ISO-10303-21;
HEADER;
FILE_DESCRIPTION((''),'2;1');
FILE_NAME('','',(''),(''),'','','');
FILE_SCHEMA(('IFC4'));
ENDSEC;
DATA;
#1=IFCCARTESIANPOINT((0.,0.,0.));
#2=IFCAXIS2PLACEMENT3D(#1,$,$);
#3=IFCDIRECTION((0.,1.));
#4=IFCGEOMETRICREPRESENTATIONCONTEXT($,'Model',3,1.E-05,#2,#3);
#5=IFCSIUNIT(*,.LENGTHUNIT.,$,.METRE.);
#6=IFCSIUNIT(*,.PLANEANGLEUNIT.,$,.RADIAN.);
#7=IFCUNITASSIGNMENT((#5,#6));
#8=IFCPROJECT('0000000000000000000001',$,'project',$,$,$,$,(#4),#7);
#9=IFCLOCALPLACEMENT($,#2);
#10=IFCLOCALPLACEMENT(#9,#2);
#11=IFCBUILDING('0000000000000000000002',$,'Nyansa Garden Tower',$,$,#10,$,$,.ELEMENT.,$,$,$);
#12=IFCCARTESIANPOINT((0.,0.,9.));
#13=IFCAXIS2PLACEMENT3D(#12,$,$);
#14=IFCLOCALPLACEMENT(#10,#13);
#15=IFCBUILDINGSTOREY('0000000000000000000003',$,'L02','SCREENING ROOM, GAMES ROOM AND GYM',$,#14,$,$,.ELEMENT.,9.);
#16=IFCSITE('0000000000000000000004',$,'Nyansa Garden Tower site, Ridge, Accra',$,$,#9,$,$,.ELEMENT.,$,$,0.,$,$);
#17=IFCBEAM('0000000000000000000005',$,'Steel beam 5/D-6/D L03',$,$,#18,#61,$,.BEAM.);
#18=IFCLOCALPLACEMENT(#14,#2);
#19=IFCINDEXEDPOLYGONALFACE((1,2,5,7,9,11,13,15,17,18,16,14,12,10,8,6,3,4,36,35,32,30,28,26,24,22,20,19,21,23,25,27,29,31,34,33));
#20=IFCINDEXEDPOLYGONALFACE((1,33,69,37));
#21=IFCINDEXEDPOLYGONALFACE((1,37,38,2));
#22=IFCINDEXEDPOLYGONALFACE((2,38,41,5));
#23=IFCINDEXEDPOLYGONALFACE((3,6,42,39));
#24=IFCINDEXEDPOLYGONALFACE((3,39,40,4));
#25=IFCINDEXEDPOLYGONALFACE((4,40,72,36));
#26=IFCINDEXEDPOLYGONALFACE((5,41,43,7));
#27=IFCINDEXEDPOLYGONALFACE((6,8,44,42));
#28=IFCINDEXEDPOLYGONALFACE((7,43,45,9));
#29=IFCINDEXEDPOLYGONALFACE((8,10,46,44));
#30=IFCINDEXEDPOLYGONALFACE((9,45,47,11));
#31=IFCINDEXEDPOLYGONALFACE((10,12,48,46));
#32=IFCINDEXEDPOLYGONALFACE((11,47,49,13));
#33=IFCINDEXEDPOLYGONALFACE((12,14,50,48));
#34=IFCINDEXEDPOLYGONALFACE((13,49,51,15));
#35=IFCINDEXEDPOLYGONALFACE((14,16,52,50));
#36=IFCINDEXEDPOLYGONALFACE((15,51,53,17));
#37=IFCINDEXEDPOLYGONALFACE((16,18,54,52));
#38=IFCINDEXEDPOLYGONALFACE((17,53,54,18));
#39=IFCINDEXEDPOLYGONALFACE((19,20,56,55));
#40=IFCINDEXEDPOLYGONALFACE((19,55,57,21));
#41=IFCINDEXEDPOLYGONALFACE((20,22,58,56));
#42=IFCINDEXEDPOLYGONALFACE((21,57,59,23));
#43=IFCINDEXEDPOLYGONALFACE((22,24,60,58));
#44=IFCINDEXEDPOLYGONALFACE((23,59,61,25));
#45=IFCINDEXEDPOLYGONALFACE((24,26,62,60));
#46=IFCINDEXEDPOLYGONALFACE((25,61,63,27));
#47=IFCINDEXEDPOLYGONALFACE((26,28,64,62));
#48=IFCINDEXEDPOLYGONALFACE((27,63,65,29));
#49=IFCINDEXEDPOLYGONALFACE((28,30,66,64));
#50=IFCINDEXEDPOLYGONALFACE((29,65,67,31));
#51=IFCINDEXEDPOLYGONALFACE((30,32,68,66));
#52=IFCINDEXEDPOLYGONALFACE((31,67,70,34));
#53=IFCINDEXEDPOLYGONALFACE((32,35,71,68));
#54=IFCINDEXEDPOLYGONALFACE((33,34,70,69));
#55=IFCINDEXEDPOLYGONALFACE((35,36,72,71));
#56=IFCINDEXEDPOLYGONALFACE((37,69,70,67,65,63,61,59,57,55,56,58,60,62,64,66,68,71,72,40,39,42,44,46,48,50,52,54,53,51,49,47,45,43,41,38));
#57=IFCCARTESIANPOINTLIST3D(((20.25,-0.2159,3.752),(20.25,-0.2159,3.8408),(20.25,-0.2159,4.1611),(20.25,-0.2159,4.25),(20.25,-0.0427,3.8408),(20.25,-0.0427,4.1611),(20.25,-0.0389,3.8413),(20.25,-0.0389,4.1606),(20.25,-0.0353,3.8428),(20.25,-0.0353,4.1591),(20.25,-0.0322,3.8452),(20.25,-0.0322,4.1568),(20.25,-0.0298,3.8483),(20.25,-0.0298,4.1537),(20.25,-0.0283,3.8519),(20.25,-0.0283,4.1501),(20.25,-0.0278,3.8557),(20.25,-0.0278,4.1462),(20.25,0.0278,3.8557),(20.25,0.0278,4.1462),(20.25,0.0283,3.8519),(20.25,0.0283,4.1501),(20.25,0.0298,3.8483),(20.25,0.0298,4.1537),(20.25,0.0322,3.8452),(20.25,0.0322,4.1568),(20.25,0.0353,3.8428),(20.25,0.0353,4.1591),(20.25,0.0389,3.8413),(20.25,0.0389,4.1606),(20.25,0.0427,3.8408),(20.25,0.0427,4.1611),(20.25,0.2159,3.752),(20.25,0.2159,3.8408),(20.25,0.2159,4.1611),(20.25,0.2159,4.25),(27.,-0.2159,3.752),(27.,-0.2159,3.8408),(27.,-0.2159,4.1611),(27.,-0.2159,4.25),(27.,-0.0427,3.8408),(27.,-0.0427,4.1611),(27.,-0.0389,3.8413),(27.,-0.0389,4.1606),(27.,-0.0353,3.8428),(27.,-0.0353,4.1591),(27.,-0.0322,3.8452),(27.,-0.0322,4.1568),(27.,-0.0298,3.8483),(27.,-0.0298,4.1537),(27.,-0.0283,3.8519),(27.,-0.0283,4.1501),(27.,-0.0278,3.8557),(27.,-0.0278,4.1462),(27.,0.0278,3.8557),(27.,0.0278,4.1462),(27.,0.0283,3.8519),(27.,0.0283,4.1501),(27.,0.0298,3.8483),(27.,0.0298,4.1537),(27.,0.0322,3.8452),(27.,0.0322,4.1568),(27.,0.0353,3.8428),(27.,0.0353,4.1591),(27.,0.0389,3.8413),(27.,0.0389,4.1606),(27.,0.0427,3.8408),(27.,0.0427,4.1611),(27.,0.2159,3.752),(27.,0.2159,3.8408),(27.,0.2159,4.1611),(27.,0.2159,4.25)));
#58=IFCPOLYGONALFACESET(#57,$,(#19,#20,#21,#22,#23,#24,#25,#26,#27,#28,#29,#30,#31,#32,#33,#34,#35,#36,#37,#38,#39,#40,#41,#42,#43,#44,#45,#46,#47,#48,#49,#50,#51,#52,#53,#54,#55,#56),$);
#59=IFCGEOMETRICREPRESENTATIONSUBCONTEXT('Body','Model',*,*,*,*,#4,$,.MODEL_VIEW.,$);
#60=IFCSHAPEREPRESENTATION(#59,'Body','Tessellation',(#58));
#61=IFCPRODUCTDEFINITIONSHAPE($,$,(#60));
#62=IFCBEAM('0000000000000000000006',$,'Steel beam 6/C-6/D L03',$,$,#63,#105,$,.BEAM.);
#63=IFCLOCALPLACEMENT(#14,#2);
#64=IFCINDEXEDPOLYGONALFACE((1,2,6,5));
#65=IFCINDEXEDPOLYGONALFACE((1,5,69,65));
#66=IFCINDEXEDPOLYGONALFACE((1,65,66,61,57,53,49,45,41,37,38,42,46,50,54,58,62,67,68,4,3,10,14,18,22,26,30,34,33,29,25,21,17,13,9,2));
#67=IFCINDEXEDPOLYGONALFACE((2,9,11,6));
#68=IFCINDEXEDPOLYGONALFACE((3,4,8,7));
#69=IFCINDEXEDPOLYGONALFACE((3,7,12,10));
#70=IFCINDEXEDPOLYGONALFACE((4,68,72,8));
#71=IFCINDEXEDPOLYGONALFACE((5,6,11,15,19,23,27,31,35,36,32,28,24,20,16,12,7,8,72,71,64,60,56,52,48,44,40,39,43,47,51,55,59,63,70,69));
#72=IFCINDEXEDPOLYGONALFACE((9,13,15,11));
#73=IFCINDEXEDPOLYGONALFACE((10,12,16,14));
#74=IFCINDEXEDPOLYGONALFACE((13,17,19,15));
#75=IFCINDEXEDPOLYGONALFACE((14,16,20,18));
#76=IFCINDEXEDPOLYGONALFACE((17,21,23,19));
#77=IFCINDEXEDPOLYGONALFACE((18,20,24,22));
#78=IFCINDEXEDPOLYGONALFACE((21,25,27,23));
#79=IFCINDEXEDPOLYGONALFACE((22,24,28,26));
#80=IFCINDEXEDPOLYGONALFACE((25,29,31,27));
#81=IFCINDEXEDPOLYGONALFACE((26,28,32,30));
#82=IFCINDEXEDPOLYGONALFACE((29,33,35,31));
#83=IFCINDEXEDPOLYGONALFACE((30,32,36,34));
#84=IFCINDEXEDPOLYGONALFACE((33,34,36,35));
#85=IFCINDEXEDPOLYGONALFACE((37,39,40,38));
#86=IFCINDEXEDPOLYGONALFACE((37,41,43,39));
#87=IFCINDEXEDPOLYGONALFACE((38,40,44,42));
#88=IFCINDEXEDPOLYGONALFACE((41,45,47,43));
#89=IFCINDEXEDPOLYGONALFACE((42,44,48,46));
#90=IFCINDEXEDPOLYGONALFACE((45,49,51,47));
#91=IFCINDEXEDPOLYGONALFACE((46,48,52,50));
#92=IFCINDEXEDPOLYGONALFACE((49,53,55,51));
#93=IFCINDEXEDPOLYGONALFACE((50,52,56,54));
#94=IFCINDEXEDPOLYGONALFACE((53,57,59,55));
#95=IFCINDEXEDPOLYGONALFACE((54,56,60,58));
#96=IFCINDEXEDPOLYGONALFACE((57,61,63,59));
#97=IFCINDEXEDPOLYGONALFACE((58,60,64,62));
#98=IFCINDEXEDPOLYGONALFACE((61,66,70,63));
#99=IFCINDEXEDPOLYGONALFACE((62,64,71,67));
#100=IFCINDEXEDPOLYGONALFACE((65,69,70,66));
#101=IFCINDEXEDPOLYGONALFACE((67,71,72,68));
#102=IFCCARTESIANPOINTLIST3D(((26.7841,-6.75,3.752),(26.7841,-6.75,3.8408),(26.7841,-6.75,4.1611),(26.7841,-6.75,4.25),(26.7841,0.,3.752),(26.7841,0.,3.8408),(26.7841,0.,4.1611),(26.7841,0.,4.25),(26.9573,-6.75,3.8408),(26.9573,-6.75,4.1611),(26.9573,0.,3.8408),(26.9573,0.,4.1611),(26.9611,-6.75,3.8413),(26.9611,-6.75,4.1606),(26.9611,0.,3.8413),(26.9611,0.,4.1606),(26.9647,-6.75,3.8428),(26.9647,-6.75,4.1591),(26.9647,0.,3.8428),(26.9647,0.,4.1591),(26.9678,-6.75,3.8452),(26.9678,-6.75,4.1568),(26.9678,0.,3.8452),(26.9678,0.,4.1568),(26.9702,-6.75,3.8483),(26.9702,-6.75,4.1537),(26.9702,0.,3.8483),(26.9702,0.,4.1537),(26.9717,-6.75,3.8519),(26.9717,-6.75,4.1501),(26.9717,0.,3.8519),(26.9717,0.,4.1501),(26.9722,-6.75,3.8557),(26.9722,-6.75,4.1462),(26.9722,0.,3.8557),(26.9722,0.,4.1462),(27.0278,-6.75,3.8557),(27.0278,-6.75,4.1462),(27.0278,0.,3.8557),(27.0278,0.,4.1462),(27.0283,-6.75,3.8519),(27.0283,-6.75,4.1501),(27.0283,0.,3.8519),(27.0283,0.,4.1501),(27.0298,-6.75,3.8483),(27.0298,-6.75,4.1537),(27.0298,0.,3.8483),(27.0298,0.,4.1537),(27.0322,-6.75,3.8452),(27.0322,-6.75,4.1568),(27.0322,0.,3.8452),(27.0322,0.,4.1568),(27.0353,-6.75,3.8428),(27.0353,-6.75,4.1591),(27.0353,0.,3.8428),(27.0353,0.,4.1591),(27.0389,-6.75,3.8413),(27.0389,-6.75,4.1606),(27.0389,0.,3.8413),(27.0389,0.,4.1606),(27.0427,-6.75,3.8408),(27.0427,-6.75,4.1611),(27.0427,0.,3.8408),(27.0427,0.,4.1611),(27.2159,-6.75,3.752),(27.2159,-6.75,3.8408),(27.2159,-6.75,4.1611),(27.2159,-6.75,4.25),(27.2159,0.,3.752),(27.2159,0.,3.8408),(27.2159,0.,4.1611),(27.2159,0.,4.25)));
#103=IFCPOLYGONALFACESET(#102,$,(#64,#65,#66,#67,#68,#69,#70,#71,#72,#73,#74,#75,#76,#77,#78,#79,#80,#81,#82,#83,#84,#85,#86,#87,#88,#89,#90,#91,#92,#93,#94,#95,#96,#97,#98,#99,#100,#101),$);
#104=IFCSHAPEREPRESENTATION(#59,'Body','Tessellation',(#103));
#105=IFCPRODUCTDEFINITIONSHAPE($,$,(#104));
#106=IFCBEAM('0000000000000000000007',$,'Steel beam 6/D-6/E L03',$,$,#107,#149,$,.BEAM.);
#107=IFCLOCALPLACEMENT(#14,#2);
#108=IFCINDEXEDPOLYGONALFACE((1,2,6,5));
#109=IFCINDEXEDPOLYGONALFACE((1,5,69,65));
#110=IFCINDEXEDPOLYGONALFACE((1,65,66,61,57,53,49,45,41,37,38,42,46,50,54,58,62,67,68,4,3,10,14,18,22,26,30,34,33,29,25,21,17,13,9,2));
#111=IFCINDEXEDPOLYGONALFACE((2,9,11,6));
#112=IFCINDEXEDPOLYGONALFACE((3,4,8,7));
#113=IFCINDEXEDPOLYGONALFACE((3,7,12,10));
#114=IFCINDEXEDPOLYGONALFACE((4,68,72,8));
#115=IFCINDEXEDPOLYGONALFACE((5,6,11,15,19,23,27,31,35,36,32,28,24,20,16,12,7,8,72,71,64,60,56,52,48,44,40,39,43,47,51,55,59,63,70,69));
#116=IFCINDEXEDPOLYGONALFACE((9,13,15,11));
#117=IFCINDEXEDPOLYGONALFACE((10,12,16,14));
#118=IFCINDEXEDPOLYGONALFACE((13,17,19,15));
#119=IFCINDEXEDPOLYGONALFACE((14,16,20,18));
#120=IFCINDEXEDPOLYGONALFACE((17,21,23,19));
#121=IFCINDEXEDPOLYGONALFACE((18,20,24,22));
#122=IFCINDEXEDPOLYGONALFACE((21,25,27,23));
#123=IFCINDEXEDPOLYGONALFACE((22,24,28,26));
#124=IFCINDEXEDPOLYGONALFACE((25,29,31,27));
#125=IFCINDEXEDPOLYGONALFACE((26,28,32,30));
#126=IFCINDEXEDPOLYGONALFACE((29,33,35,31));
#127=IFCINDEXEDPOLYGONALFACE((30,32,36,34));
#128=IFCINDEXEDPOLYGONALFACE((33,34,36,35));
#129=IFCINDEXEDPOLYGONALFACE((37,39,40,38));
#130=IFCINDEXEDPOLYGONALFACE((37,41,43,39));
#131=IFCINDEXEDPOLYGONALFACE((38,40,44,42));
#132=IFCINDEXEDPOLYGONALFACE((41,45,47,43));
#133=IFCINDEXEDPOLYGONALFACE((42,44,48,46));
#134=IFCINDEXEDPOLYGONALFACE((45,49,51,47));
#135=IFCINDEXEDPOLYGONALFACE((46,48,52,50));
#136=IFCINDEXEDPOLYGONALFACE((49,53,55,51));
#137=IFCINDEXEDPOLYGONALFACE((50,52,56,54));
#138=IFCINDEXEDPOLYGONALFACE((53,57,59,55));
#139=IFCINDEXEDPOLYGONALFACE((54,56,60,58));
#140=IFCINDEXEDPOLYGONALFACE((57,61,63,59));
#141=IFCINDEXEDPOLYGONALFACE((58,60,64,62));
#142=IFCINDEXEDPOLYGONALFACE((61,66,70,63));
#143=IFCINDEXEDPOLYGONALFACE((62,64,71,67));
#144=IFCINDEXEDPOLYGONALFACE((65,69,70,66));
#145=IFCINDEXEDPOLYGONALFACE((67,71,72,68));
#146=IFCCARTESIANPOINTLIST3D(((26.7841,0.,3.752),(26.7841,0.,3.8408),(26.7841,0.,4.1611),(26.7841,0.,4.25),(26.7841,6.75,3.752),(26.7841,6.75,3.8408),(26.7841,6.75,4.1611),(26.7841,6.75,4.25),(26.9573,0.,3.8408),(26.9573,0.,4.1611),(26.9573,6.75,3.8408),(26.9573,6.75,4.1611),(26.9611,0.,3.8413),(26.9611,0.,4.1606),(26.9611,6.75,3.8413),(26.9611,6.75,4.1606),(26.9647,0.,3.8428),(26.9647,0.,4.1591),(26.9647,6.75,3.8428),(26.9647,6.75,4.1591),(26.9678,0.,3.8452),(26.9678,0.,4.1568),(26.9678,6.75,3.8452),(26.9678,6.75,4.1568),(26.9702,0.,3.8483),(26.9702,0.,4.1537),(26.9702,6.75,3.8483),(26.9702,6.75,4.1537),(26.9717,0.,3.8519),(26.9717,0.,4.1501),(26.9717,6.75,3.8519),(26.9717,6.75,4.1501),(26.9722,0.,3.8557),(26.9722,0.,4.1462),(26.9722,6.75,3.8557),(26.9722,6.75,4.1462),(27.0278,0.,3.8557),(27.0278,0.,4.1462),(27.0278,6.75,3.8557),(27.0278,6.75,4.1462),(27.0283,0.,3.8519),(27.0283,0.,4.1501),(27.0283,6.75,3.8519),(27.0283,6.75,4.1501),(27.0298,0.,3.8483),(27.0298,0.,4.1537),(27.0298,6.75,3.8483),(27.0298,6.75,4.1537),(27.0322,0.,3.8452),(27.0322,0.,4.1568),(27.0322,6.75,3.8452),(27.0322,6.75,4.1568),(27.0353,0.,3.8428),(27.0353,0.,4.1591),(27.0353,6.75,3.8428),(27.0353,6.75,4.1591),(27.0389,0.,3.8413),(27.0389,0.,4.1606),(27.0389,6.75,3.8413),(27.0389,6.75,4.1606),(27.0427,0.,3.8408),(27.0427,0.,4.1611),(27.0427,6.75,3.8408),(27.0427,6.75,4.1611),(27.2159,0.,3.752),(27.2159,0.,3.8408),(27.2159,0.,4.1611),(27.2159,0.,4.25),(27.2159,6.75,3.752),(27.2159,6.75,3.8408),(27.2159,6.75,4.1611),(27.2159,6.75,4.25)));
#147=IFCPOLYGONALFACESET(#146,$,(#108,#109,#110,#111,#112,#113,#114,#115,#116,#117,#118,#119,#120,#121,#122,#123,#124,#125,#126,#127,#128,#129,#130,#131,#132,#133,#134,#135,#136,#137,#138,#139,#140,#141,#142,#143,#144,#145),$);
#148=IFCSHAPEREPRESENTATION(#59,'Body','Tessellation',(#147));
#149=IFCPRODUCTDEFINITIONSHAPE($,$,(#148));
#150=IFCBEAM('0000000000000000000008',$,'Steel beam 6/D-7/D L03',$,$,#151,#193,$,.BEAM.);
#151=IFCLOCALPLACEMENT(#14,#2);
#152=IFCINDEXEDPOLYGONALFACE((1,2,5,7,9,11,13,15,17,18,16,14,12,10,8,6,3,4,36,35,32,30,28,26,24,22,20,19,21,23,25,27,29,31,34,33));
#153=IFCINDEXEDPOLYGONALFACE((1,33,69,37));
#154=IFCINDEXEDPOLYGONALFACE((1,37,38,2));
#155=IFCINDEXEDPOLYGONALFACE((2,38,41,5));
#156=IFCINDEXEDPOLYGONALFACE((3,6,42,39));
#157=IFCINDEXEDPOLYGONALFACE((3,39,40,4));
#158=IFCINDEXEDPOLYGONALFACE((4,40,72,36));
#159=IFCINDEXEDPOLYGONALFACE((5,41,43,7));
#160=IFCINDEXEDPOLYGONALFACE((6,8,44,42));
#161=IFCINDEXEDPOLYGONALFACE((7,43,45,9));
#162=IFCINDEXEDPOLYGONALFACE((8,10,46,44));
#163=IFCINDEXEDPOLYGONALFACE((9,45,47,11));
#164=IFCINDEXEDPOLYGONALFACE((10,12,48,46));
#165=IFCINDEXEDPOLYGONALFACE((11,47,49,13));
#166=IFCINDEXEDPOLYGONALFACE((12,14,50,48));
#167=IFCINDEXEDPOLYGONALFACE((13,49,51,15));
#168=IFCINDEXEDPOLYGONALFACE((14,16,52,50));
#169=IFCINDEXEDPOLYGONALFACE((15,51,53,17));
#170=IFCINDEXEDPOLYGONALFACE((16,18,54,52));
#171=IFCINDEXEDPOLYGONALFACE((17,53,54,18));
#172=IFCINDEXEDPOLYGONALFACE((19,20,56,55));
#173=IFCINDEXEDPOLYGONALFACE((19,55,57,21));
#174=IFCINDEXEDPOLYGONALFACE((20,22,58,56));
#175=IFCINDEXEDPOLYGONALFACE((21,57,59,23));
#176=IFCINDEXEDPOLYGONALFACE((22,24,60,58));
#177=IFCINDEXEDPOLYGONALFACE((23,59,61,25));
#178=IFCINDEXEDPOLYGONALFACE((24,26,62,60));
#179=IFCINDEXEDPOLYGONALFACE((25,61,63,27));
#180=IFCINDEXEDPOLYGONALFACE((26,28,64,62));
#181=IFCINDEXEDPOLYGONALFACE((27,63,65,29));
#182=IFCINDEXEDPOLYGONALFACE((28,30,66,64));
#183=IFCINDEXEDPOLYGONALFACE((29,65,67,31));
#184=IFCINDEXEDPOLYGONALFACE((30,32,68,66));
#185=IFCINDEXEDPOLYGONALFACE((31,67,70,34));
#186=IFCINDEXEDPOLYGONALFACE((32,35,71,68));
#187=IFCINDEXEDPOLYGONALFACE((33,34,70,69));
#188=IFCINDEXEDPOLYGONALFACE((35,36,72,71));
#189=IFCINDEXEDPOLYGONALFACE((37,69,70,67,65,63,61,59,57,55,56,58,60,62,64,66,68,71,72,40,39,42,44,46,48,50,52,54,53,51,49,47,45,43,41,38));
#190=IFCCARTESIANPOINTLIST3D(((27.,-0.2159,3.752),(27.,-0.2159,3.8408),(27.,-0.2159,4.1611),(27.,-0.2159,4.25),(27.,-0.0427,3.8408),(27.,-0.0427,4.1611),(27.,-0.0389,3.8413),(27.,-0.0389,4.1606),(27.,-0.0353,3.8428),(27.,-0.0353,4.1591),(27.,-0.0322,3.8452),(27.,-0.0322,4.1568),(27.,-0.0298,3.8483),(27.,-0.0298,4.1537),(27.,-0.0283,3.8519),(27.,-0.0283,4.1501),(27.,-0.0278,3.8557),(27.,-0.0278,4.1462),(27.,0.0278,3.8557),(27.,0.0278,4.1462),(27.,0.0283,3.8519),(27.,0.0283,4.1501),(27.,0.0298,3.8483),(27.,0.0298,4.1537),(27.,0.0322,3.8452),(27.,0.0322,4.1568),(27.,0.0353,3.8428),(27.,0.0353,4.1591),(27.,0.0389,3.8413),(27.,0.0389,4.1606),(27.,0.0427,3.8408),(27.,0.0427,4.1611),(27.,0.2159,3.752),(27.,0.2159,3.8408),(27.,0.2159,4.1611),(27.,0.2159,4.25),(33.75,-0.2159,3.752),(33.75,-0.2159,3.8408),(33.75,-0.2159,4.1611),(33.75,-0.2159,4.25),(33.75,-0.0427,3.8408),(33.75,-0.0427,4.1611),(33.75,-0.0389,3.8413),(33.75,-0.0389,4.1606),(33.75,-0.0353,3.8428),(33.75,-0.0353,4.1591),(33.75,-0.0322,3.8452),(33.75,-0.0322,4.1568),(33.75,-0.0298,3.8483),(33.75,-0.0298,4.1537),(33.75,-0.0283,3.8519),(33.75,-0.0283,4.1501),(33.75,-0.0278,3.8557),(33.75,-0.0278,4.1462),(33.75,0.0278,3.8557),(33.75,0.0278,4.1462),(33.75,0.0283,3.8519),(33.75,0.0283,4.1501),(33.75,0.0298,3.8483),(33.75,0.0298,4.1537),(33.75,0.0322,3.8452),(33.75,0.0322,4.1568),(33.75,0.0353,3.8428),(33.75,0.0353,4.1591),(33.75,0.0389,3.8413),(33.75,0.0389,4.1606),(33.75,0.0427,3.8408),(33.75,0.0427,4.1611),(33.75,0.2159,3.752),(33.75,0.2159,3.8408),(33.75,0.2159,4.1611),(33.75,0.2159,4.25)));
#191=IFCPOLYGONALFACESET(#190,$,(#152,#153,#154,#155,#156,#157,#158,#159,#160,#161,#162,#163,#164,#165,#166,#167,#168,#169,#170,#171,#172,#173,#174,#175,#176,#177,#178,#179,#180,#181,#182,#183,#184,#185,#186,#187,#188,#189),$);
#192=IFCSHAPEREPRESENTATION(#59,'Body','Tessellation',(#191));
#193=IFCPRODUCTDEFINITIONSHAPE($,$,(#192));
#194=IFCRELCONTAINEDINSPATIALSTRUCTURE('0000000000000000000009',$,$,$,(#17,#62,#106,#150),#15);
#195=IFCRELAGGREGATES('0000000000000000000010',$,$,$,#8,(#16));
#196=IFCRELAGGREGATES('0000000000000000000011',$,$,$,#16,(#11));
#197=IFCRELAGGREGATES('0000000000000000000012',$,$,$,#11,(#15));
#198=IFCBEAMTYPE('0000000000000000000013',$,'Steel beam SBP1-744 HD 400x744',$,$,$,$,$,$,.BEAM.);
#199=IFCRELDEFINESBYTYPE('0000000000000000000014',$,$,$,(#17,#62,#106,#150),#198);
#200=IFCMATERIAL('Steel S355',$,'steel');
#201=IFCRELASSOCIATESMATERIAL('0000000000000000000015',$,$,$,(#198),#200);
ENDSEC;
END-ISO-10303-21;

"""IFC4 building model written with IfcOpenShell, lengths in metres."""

from ifc_helpers import new_model, si_unit, direction, frame, origin, origin_2d, place, context, subcontext, project, spatial, i_section, extrude, material, material_profile, profile_set, type_object, element, save


model = new_model("IFC4")

# Units and contexts
model_context = context("Model", 3, precision=1e-05, world=origin(), true_north=direction((0.0, 1.0)))
body_context = subcontext(model_context, "Body", "Model", "MODEL_VIEW")
ifc_project = project(units=[si_unit("LENGTHUNIT", "METRE"), si_unit("PLANEANGLEUNIT", "RADIAN")], contexts=[model_context])

# Site, building, storey
site_placement = place(None, origin())
site = spatial("IfcSite", under=ifc_project, at=site_placement, Name="Nyansa Garden Tower site, Ridge, Accra", CompositionType="ELEMENT", RefElevation=0.0)
building_placement = place(site_placement, origin())
building = spatial("IfcBuilding", under=site, at=building_placement, Name="Nyansa Garden Tower", CompositionType="ELEMENT")
storey_placement = place(building_placement, frame((0.0, 0.0, 9.0)))
storey = spatial("IfcBuildingStorey", under=building, at=storey_placement, Name="L02", Description="SCREENING ROOM, GAMES ROOM AND GYM", CompositionType="ELEMENT", Elevation=9.0)

# Beams
ifc_material_1 = material(Name="Steel S355", Category="steel")
ifc_material_profile_1 = material_profile(ifc_material_1, i_section(OverallWidth=0.4319, OverallDepth=0.498, WebThickness=0.0557, FlangeThickness=0.0889, FilletRadius=0.0149, at=origin_2d()), Name="HD 400x744")
ifc_profile_set_1 = profile_set([ifc_material_profile_1], Name="Steel S355")
beam_type_1 = type_object("IfcBeamType", Name="Steel beam SBP1-744 HD 400x744", PredefinedType="BEAM", material=ifc_profile_set_1)
for number, where, z_axis, x_axis, name in (
    (1, (20.25, 0.0, 4.001), (1.0, 0.0, 0.0), (0.0, 1.0, 0.0), "Steel beam 5/D-6/D L03"),
    (2, (27.0, -6.75, 4.001), (0.0, 1.0, 0.0), (-1.0, 0.0, 0.0), "Steel beam 6/C-6/D L03"),
    (3, (27.0, 0.0, 4.001), (0.0, 1.0, 0.0), (-1.0, 0.0, 0.0), "Steel beam 6/D-6/E L03"),
    (4, (27.0, 0.0, 4.001), (1.0, 0.0, 0.0), (0.0, 1.0, 0.0), "Steel beam 6/D-7/D L03"),
):
    element("IfcBeam", number, at=place(storey_placement, frame(where, z_axis=z_axis, x_axis=x_axis)), inside=storey, type_object=beam_type_1, Name=name, PredefinedType="BEAM", context=body_context, shape_type="SweptSolid", body=[
        extrude(i_section(OverallWidth=0.4319, OverallDepth=0.498, WebThickness=0.0557, FlangeThickness=0.0889, FilletRadius=0.0149, at=origin_2d()), origin(), (0.0, 0.0, 1.0), 6.75),
    ])

save(model, "model.ifc")
